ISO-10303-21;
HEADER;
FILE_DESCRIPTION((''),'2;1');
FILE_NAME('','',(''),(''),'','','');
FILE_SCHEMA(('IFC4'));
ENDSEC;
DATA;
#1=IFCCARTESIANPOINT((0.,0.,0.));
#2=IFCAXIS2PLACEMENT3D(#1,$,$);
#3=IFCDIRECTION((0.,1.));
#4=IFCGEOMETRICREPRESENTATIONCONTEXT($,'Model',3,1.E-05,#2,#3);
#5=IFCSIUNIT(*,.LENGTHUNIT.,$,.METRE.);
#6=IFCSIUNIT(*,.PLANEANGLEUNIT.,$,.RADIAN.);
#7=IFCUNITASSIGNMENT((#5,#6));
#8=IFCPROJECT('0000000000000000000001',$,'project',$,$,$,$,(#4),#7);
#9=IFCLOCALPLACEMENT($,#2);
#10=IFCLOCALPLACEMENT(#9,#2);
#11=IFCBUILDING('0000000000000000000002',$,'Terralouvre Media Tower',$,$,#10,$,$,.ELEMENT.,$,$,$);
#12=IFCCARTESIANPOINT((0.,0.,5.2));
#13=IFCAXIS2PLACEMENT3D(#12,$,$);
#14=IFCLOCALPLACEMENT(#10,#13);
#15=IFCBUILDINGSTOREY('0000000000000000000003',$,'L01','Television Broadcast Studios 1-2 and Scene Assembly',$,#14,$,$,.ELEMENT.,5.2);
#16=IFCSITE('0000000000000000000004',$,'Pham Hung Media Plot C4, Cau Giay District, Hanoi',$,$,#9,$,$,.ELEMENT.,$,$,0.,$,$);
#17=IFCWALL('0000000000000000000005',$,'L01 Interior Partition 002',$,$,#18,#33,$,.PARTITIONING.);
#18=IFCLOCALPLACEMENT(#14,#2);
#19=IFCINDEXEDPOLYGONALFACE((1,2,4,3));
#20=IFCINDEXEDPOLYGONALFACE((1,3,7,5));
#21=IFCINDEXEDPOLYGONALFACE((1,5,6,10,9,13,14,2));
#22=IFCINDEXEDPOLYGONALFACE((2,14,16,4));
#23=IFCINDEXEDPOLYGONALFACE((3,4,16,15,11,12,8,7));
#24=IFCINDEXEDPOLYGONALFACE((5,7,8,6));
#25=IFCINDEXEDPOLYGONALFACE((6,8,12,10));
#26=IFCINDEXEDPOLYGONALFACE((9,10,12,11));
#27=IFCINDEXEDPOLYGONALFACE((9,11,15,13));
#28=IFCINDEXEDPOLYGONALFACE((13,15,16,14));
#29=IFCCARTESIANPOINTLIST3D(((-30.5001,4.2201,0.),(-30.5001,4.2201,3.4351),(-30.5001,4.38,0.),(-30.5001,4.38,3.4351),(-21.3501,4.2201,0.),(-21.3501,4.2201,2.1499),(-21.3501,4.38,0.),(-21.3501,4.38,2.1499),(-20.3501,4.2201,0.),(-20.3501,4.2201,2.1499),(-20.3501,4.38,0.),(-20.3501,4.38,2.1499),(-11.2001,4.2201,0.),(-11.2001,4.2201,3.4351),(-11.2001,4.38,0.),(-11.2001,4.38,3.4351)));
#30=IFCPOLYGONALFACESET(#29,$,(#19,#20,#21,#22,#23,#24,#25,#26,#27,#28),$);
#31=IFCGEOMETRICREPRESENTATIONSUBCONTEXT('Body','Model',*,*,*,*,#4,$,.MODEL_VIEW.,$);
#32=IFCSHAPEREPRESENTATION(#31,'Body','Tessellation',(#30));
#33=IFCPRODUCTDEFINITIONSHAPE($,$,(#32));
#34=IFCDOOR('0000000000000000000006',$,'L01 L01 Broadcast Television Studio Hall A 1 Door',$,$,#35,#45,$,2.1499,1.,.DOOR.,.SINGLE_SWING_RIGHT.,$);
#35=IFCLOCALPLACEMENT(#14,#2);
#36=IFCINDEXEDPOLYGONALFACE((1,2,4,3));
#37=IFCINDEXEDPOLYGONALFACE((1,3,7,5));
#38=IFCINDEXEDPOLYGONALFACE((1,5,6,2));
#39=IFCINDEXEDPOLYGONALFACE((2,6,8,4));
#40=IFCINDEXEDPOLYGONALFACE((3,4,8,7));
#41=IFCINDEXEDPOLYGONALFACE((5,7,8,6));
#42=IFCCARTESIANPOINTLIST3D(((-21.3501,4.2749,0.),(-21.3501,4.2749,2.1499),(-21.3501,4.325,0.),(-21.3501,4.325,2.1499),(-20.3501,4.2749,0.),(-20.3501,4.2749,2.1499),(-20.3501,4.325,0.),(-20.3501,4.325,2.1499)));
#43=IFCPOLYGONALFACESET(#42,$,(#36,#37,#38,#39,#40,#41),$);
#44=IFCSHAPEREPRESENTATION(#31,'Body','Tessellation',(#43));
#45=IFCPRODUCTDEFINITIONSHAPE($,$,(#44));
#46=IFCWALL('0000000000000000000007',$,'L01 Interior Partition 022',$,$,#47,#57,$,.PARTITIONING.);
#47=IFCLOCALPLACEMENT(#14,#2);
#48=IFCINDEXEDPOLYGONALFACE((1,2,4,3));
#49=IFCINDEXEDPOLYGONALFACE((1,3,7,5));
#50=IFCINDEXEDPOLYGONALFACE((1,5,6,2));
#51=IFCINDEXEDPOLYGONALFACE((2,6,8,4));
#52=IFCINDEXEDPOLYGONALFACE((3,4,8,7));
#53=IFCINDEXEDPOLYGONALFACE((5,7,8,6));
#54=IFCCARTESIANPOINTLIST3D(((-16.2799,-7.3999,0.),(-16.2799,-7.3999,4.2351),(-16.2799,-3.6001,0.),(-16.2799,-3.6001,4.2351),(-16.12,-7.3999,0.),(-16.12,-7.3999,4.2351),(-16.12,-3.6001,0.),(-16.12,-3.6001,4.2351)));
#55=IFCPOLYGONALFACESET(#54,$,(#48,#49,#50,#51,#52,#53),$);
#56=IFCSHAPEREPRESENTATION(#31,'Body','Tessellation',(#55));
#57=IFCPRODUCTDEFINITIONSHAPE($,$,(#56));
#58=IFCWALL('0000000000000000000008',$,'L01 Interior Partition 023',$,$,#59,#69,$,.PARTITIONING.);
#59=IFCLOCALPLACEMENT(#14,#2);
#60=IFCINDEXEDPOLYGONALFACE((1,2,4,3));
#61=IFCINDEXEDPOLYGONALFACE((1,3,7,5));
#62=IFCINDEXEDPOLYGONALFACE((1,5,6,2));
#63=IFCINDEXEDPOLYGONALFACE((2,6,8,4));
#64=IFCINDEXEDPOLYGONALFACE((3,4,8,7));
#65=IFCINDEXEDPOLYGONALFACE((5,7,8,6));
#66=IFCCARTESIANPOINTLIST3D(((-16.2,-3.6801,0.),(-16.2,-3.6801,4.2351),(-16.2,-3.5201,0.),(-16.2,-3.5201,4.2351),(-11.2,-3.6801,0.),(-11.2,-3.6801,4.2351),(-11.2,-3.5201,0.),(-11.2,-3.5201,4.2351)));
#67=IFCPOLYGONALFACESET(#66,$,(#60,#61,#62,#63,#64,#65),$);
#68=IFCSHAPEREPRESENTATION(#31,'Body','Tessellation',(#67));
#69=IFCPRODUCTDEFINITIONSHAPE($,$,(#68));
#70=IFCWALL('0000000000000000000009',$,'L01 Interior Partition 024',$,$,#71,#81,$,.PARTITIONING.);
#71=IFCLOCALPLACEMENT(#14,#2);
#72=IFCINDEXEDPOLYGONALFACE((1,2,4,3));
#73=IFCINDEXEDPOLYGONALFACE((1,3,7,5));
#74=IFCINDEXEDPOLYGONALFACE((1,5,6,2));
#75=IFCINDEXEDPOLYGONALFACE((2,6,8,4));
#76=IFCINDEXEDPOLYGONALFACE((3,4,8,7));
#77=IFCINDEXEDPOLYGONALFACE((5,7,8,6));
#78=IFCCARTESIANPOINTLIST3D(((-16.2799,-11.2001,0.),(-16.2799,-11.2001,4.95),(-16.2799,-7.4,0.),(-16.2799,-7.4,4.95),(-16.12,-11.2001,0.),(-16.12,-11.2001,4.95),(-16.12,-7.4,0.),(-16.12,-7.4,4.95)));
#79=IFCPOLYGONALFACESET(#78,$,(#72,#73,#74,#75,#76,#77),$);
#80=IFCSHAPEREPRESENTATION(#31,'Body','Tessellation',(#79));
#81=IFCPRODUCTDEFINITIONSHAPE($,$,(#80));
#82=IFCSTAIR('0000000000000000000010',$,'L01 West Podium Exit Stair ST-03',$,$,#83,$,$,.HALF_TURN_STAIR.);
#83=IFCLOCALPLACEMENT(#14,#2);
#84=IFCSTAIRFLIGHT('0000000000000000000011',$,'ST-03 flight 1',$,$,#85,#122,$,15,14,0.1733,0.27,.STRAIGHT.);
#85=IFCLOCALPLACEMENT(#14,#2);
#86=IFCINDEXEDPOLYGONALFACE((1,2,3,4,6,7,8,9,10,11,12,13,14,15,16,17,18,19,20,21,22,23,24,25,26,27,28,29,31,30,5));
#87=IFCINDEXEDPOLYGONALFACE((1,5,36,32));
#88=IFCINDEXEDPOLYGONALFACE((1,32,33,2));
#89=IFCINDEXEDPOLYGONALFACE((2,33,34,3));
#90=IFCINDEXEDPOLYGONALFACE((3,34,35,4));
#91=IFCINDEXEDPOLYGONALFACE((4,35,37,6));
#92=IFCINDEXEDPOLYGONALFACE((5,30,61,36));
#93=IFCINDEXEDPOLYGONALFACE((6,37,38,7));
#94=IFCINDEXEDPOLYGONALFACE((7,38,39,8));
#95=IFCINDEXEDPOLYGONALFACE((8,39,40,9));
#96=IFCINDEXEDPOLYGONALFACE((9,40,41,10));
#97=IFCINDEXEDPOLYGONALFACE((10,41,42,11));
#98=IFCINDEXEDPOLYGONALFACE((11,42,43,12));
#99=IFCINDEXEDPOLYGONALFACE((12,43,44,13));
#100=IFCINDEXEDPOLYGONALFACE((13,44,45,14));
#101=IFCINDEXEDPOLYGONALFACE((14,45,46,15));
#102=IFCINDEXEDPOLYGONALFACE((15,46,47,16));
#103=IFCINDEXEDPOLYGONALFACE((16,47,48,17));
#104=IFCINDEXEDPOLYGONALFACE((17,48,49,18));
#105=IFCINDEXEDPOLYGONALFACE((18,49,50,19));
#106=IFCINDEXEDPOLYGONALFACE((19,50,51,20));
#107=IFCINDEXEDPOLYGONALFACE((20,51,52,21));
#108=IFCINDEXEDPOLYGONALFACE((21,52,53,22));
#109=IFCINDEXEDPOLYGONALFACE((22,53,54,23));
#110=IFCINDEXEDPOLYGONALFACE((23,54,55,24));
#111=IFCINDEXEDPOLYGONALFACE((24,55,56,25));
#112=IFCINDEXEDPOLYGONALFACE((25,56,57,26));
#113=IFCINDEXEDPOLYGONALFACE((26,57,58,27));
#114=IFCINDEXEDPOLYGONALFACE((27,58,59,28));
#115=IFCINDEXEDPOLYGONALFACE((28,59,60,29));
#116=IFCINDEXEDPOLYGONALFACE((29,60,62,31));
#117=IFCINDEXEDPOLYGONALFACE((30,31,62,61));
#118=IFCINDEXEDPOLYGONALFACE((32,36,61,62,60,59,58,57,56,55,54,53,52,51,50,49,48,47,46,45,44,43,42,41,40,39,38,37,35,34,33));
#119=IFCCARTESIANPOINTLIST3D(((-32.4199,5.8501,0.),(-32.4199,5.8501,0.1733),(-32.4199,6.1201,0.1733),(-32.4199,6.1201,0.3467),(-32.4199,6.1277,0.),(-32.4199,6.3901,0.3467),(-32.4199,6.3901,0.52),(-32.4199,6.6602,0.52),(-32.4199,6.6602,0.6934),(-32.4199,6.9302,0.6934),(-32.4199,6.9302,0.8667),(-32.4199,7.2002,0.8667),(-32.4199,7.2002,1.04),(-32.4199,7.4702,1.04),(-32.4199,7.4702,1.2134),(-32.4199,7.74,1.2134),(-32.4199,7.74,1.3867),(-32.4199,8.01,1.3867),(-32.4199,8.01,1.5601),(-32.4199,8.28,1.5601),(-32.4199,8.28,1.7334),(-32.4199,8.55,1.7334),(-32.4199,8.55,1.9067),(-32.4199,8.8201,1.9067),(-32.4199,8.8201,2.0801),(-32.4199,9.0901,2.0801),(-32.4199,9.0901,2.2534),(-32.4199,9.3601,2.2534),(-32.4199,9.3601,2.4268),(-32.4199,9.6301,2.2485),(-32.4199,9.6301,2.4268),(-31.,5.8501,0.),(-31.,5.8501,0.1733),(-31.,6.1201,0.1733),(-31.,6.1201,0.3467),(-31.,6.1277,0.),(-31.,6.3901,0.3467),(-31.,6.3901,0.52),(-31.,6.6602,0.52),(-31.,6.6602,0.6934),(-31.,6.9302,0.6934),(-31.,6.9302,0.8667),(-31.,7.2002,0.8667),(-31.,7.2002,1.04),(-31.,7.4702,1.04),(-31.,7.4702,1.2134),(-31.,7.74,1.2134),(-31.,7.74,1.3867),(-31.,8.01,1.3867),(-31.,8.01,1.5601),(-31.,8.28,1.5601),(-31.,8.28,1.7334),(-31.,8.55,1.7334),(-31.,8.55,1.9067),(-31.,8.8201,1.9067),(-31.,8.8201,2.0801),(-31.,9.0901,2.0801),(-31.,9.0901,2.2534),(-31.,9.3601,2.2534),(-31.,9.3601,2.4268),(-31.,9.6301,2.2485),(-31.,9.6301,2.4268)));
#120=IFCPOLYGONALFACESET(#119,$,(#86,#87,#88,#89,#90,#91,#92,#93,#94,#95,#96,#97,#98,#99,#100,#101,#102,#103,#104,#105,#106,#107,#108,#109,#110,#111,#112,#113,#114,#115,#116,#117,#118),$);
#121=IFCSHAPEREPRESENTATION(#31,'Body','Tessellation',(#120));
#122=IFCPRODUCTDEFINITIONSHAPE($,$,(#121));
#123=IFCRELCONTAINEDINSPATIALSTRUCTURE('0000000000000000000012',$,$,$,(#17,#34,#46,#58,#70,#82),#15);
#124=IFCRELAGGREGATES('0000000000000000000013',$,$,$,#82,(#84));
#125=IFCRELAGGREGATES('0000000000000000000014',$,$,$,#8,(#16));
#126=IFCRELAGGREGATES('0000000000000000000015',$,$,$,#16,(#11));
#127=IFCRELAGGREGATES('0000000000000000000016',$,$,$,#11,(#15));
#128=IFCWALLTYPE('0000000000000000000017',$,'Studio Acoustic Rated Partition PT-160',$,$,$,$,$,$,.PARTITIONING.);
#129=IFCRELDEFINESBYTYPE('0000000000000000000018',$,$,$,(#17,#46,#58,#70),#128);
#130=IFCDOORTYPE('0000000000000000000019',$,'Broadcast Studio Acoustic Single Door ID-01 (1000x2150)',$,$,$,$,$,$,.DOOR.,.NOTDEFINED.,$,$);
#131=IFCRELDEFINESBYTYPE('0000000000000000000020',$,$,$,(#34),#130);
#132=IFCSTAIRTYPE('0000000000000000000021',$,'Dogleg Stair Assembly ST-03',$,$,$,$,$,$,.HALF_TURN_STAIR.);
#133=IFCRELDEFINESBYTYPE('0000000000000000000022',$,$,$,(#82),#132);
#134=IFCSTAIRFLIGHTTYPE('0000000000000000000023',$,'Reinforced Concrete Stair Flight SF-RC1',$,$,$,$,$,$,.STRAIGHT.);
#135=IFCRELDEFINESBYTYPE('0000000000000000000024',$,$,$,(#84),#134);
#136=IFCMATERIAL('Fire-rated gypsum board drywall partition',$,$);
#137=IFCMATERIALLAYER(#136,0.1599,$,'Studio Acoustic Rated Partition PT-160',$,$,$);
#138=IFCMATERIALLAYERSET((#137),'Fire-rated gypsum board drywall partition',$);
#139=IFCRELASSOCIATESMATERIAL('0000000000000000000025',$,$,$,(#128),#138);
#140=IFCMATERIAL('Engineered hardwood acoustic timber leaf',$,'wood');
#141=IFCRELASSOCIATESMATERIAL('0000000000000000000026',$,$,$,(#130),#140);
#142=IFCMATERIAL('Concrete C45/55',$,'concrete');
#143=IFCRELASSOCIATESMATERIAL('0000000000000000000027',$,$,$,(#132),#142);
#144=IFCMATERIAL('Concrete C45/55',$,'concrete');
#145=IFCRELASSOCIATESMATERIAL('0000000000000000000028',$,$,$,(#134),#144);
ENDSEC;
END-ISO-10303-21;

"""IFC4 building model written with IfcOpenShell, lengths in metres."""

from ifc_helpers import new_model, si_unit, direction, frame, frame_2d, origin, place, context, subcontext, project, spatial, polyline, rectangle, outline, extrude, material, layer, layer_set, type_object, element, fill, aggregate, save


model = new_model("IFC4")

# Units and contexts
model_context = context("Model", 3, precision=1e-05, world=origin(), true_north=direction((0.0, 1.0)))
body_context = subcontext(model_context, "Body", "Model", "MODEL_VIEW")
ifc_project = project(units=[si_unit("LENGTHUNIT", "METRE"), si_unit("PLANEANGLEUNIT", "RADIAN")], contexts=[model_context])

# Site, building, storey
site_placement = place(None, origin())
site = spatial("IfcSite", under=ifc_project, at=site_placement, Name="Pham Hung Media Plot C4, Cau Giay District, Hanoi", CompositionType="ELEMENT", RefElevation=0.0)
building_placement = place(site_placement, origin())
building = spatial("IfcBuilding", under=site, at=building_placement, Name="Terralouvre Media Tower", CompositionType="ELEMENT")
storey_placement = place(building_placement, frame((0.0, 0.0, 5.2)))
storey = spatial("IfcBuildingStorey", under=building, at=storey_placement, Name="L01", Description="Television Broadcast Studios 1-2 and Scene Assembly", CompositionType="ELEMENT", Elevation=5.2)

# Wall, opening, door
ifc_material_1 = material(Name="Fire-rated gypsum board drywall partition")
ifc_layer_1 = layer(ifc_material_1, 0.1599, Name="Studio Acoustic Rated Partition PT-160")
ifc_layer_set_1 = layer_set([ifc_layer_1], Name="Fire-rated gypsum board drywall partition")
wall_type_1 = type_object("IfcWallType", Name="Studio Acoustic Rated Partition PT-160", PredefinedType="PARTITIONING", material=ifc_layer_set_1)
wall_1_placement = place(storey_placement, frame((-30.5, 4.3, 0.0), z_axis=(0.0, 0.0, 1.0), x_axis=(1.0, 0.0, 0.0)))
wall_1 = element("IfcWall", 1, at=wall_1_placement, inside=storey, type_object=wall_type_1, Name="L01 Interior Partition 002", PredefinedType="PARTITIONING", context=body_context, shape_type="SweptSolid", body=[
    extrude(rectangle(XDim=19.3, YDim=0.1599, at=frame_2d((9.6499, 0.0))), origin(), (0.0, 0.0, 1.0), 3.4351),
])
opening_1_placement = place(wall_1_placement, frame((9.1499, 0.0, 0.0)))
opening_1 = element("IfcOpeningElement", 2, at=opening_1_placement, cuts=wall_1, PredefinedType="OPENING", context=body_context, shape_type="SweptSolid", body=[
    extrude(rectangle(XDim=1.0, YDim=2.1499, at=frame_2d((0.5, 1.075))), frame((0.0, 0.0898, 0.0), z_axis=(0.0, -1.0, 0.0), x_axis=(1.0, 0.0, 0.0)), (0.0, 0.0, 1.0), 0.1799),
])
ifc_material_2 = material(Name="Engineered hardwood acoustic timber leaf", Category="wood")
door_type_1 = type_object("IfcDoorType", Name="Broadcast Studio Acoustic Single Door ID-01 (1000x2150)", OperationType="NOTDEFINED", PredefinedType="DOOR", material=ifc_material_2)
door_1_placement = place(opening_1_placement, origin())
door_1 = element("IfcDoor", 3, at=door_1_placement, inside=storey, type_object=door_type_1, Name="L01 L01 Broadcast Television Studio Hall A 1 Door", OperationType="SINGLE_SWING_RIGHT", OverallHeight=2.1499, OverallWidth=1.0, PredefinedType="DOOR", context=body_context, shape_type="SweptSolid", body=[
    extrude(rectangle(XDim=1.0, YDim=2.1499, at=frame_2d((0.5, 1.075))), frame((0.0, 0.0249, 0.0), z_axis=(0.0, -1.0, 0.0), x_axis=(1.0, 0.0, 0.0)), (0.0, 0.0, 1.0), 0.05),
])
fill(opening_1, door_1)

# Walls
wall_2_placement = place(storey_placement, frame((-16.2, -7.3999, 0.0), z_axis=(0.0, 0.0, 1.0), x_axis=(0.0, 1.0, 0.0)))
element("IfcWall", 4, at=wall_2_placement, inside=storey, type_object=wall_type_1, Name="L01 Interior Partition 022", PredefinedType="PARTITIONING", context=body_context, shape_type="SweptSolid", body=[
    extrude(rectangle(XDim=3.7998, YDim=0.1599, at=frame_2d((1.8999, 0.0))), origin(), (0.0, 0.0, 1.0), 4.2351),
])
wall_3_placement = place(storey_placement, frame((-16.2, -3.6001, 0.0), z_axis=(0.0, 0.0, 1.0), x_axis=(1.0, 0.0, 0.0)))
element("IfcWall", 5, at=wall_3_placement, inside=storey, type_object=wall_type_1, Name="L01 Interior Partition 023", PredefinedType="PARTITIONING", context=body_context, shape_type="SweptSolid", body=[
    extrude(rectangle(XDim=5.0, YDim=0.1599, at=frame_2d((2.5, 0.0))), origin(), (0.0, 0.0, 1.0), 4.2351),
])
wall_4_placement = place(storey_placement, frame((-16.2, -11.2, 0.0), z_axis=(0.0, 0.0, 1.0), x_axis=(0.0, 1.0, 0.0)))
element("IfcWall", 6, at=wall_4_placement, inside=storey, type_object=wall_type_1, Name="L01 Interior Partition 024", PredefinedType="PARTITIONING", context=body_context, shape_type="SweptSolid", body=[
    extrude(rectangle(XDim=3.8, YDim=0.1599, at=frame_2d((1.8999, 0.0))), origin(), (0.0, 0.0, 1.0), 4.95),
])

# Stair, stair flight
ifc_material_3 = material(Name="Concrete C45/55", Category="concrete")
stair_type = type_object("IfcStairType", Name="Dogleg Stair Assembly ST-03", PredefinedType="HALF_TURN_STAIR", material=ifc_material_3)
stair_placement = place(storey_placement, origin())
stair = element("IfcStair", 7, at=stair_placement, inside=storey, type_object=stair_type, Name="L01 West Podium Exit Stair ST-03", PredefinedType="HALF_TURN_STAIR")
ifc_material_4 = material(Name="Concrete C45/55", Category="concrete")
stair_flight_type = type_object("IfcStairFlightType", Name="Reinforced Concrete Stair Flight SF-RC1", PredefinedType="STRAIGHT", material=ifc_material_4)
stair_flight_placement = place(storey_placement, frame((-31.71, 5.8501, 0.0), z_axis=(0.0, 0.0, 1.0), x_axis=(0.0, 1.0, 0.0)))
stair_flight = element("IfcStairFlight", 8, at=stair_flight_placement, type_object=stair_flight_type, Name="ST-03 flight 1", NumberOfRisers=15, NumberOfTreads=14, PredefinedType="STRAIGHT", RiserHeight=0.1733, TreadLength=0.27, context=body_context, shape_type="SweptSolid", body=[
    extrude(outline(polyline([(0.0, 0.0), (0.0, 0.1733), (0.27, 0.1733), (0.27, 0.3467), (0.54, 0.3467), (0.54, 0.52), (0.8101, 0.52), (0.8101, 0.6934), (1.0801, 0.6934), (1.0801, 0.8667), (1.3501, 0.8667), (1.3501, 1.04), (1.6201, 1.04), (1.6201, 1.2134), (1.8899, 1.2134), (1.8899, 1.3867), (2.1599, 1.3867), (2.1599, 1.5601), (2.4299, 1.5601), (2.4299, 1.7334), (2.7, 1.7334), (2.7, 1.9067), (2.97, 1.9067), (2.97, 2.0801), (3.24, 2.0801), (3.24, 2.2534), (3.51, 2.2534), (3.51, 2.4268), (3.78, 2.4268), (3.78, 2.6001), (3.78, 2.2485), (0.2776, 0.0), (0.0, 0.0)])), frame((0.0, 0.71, 0.0), z_axis=(0.0, -1.0, 0.0), x_axis=(1.0, 0.0, 0.0)), (0.0, 0.0, 1.0), 1.4199),
])
aggregate(stair, [stair_flight])

save(model, "model.ifc")
